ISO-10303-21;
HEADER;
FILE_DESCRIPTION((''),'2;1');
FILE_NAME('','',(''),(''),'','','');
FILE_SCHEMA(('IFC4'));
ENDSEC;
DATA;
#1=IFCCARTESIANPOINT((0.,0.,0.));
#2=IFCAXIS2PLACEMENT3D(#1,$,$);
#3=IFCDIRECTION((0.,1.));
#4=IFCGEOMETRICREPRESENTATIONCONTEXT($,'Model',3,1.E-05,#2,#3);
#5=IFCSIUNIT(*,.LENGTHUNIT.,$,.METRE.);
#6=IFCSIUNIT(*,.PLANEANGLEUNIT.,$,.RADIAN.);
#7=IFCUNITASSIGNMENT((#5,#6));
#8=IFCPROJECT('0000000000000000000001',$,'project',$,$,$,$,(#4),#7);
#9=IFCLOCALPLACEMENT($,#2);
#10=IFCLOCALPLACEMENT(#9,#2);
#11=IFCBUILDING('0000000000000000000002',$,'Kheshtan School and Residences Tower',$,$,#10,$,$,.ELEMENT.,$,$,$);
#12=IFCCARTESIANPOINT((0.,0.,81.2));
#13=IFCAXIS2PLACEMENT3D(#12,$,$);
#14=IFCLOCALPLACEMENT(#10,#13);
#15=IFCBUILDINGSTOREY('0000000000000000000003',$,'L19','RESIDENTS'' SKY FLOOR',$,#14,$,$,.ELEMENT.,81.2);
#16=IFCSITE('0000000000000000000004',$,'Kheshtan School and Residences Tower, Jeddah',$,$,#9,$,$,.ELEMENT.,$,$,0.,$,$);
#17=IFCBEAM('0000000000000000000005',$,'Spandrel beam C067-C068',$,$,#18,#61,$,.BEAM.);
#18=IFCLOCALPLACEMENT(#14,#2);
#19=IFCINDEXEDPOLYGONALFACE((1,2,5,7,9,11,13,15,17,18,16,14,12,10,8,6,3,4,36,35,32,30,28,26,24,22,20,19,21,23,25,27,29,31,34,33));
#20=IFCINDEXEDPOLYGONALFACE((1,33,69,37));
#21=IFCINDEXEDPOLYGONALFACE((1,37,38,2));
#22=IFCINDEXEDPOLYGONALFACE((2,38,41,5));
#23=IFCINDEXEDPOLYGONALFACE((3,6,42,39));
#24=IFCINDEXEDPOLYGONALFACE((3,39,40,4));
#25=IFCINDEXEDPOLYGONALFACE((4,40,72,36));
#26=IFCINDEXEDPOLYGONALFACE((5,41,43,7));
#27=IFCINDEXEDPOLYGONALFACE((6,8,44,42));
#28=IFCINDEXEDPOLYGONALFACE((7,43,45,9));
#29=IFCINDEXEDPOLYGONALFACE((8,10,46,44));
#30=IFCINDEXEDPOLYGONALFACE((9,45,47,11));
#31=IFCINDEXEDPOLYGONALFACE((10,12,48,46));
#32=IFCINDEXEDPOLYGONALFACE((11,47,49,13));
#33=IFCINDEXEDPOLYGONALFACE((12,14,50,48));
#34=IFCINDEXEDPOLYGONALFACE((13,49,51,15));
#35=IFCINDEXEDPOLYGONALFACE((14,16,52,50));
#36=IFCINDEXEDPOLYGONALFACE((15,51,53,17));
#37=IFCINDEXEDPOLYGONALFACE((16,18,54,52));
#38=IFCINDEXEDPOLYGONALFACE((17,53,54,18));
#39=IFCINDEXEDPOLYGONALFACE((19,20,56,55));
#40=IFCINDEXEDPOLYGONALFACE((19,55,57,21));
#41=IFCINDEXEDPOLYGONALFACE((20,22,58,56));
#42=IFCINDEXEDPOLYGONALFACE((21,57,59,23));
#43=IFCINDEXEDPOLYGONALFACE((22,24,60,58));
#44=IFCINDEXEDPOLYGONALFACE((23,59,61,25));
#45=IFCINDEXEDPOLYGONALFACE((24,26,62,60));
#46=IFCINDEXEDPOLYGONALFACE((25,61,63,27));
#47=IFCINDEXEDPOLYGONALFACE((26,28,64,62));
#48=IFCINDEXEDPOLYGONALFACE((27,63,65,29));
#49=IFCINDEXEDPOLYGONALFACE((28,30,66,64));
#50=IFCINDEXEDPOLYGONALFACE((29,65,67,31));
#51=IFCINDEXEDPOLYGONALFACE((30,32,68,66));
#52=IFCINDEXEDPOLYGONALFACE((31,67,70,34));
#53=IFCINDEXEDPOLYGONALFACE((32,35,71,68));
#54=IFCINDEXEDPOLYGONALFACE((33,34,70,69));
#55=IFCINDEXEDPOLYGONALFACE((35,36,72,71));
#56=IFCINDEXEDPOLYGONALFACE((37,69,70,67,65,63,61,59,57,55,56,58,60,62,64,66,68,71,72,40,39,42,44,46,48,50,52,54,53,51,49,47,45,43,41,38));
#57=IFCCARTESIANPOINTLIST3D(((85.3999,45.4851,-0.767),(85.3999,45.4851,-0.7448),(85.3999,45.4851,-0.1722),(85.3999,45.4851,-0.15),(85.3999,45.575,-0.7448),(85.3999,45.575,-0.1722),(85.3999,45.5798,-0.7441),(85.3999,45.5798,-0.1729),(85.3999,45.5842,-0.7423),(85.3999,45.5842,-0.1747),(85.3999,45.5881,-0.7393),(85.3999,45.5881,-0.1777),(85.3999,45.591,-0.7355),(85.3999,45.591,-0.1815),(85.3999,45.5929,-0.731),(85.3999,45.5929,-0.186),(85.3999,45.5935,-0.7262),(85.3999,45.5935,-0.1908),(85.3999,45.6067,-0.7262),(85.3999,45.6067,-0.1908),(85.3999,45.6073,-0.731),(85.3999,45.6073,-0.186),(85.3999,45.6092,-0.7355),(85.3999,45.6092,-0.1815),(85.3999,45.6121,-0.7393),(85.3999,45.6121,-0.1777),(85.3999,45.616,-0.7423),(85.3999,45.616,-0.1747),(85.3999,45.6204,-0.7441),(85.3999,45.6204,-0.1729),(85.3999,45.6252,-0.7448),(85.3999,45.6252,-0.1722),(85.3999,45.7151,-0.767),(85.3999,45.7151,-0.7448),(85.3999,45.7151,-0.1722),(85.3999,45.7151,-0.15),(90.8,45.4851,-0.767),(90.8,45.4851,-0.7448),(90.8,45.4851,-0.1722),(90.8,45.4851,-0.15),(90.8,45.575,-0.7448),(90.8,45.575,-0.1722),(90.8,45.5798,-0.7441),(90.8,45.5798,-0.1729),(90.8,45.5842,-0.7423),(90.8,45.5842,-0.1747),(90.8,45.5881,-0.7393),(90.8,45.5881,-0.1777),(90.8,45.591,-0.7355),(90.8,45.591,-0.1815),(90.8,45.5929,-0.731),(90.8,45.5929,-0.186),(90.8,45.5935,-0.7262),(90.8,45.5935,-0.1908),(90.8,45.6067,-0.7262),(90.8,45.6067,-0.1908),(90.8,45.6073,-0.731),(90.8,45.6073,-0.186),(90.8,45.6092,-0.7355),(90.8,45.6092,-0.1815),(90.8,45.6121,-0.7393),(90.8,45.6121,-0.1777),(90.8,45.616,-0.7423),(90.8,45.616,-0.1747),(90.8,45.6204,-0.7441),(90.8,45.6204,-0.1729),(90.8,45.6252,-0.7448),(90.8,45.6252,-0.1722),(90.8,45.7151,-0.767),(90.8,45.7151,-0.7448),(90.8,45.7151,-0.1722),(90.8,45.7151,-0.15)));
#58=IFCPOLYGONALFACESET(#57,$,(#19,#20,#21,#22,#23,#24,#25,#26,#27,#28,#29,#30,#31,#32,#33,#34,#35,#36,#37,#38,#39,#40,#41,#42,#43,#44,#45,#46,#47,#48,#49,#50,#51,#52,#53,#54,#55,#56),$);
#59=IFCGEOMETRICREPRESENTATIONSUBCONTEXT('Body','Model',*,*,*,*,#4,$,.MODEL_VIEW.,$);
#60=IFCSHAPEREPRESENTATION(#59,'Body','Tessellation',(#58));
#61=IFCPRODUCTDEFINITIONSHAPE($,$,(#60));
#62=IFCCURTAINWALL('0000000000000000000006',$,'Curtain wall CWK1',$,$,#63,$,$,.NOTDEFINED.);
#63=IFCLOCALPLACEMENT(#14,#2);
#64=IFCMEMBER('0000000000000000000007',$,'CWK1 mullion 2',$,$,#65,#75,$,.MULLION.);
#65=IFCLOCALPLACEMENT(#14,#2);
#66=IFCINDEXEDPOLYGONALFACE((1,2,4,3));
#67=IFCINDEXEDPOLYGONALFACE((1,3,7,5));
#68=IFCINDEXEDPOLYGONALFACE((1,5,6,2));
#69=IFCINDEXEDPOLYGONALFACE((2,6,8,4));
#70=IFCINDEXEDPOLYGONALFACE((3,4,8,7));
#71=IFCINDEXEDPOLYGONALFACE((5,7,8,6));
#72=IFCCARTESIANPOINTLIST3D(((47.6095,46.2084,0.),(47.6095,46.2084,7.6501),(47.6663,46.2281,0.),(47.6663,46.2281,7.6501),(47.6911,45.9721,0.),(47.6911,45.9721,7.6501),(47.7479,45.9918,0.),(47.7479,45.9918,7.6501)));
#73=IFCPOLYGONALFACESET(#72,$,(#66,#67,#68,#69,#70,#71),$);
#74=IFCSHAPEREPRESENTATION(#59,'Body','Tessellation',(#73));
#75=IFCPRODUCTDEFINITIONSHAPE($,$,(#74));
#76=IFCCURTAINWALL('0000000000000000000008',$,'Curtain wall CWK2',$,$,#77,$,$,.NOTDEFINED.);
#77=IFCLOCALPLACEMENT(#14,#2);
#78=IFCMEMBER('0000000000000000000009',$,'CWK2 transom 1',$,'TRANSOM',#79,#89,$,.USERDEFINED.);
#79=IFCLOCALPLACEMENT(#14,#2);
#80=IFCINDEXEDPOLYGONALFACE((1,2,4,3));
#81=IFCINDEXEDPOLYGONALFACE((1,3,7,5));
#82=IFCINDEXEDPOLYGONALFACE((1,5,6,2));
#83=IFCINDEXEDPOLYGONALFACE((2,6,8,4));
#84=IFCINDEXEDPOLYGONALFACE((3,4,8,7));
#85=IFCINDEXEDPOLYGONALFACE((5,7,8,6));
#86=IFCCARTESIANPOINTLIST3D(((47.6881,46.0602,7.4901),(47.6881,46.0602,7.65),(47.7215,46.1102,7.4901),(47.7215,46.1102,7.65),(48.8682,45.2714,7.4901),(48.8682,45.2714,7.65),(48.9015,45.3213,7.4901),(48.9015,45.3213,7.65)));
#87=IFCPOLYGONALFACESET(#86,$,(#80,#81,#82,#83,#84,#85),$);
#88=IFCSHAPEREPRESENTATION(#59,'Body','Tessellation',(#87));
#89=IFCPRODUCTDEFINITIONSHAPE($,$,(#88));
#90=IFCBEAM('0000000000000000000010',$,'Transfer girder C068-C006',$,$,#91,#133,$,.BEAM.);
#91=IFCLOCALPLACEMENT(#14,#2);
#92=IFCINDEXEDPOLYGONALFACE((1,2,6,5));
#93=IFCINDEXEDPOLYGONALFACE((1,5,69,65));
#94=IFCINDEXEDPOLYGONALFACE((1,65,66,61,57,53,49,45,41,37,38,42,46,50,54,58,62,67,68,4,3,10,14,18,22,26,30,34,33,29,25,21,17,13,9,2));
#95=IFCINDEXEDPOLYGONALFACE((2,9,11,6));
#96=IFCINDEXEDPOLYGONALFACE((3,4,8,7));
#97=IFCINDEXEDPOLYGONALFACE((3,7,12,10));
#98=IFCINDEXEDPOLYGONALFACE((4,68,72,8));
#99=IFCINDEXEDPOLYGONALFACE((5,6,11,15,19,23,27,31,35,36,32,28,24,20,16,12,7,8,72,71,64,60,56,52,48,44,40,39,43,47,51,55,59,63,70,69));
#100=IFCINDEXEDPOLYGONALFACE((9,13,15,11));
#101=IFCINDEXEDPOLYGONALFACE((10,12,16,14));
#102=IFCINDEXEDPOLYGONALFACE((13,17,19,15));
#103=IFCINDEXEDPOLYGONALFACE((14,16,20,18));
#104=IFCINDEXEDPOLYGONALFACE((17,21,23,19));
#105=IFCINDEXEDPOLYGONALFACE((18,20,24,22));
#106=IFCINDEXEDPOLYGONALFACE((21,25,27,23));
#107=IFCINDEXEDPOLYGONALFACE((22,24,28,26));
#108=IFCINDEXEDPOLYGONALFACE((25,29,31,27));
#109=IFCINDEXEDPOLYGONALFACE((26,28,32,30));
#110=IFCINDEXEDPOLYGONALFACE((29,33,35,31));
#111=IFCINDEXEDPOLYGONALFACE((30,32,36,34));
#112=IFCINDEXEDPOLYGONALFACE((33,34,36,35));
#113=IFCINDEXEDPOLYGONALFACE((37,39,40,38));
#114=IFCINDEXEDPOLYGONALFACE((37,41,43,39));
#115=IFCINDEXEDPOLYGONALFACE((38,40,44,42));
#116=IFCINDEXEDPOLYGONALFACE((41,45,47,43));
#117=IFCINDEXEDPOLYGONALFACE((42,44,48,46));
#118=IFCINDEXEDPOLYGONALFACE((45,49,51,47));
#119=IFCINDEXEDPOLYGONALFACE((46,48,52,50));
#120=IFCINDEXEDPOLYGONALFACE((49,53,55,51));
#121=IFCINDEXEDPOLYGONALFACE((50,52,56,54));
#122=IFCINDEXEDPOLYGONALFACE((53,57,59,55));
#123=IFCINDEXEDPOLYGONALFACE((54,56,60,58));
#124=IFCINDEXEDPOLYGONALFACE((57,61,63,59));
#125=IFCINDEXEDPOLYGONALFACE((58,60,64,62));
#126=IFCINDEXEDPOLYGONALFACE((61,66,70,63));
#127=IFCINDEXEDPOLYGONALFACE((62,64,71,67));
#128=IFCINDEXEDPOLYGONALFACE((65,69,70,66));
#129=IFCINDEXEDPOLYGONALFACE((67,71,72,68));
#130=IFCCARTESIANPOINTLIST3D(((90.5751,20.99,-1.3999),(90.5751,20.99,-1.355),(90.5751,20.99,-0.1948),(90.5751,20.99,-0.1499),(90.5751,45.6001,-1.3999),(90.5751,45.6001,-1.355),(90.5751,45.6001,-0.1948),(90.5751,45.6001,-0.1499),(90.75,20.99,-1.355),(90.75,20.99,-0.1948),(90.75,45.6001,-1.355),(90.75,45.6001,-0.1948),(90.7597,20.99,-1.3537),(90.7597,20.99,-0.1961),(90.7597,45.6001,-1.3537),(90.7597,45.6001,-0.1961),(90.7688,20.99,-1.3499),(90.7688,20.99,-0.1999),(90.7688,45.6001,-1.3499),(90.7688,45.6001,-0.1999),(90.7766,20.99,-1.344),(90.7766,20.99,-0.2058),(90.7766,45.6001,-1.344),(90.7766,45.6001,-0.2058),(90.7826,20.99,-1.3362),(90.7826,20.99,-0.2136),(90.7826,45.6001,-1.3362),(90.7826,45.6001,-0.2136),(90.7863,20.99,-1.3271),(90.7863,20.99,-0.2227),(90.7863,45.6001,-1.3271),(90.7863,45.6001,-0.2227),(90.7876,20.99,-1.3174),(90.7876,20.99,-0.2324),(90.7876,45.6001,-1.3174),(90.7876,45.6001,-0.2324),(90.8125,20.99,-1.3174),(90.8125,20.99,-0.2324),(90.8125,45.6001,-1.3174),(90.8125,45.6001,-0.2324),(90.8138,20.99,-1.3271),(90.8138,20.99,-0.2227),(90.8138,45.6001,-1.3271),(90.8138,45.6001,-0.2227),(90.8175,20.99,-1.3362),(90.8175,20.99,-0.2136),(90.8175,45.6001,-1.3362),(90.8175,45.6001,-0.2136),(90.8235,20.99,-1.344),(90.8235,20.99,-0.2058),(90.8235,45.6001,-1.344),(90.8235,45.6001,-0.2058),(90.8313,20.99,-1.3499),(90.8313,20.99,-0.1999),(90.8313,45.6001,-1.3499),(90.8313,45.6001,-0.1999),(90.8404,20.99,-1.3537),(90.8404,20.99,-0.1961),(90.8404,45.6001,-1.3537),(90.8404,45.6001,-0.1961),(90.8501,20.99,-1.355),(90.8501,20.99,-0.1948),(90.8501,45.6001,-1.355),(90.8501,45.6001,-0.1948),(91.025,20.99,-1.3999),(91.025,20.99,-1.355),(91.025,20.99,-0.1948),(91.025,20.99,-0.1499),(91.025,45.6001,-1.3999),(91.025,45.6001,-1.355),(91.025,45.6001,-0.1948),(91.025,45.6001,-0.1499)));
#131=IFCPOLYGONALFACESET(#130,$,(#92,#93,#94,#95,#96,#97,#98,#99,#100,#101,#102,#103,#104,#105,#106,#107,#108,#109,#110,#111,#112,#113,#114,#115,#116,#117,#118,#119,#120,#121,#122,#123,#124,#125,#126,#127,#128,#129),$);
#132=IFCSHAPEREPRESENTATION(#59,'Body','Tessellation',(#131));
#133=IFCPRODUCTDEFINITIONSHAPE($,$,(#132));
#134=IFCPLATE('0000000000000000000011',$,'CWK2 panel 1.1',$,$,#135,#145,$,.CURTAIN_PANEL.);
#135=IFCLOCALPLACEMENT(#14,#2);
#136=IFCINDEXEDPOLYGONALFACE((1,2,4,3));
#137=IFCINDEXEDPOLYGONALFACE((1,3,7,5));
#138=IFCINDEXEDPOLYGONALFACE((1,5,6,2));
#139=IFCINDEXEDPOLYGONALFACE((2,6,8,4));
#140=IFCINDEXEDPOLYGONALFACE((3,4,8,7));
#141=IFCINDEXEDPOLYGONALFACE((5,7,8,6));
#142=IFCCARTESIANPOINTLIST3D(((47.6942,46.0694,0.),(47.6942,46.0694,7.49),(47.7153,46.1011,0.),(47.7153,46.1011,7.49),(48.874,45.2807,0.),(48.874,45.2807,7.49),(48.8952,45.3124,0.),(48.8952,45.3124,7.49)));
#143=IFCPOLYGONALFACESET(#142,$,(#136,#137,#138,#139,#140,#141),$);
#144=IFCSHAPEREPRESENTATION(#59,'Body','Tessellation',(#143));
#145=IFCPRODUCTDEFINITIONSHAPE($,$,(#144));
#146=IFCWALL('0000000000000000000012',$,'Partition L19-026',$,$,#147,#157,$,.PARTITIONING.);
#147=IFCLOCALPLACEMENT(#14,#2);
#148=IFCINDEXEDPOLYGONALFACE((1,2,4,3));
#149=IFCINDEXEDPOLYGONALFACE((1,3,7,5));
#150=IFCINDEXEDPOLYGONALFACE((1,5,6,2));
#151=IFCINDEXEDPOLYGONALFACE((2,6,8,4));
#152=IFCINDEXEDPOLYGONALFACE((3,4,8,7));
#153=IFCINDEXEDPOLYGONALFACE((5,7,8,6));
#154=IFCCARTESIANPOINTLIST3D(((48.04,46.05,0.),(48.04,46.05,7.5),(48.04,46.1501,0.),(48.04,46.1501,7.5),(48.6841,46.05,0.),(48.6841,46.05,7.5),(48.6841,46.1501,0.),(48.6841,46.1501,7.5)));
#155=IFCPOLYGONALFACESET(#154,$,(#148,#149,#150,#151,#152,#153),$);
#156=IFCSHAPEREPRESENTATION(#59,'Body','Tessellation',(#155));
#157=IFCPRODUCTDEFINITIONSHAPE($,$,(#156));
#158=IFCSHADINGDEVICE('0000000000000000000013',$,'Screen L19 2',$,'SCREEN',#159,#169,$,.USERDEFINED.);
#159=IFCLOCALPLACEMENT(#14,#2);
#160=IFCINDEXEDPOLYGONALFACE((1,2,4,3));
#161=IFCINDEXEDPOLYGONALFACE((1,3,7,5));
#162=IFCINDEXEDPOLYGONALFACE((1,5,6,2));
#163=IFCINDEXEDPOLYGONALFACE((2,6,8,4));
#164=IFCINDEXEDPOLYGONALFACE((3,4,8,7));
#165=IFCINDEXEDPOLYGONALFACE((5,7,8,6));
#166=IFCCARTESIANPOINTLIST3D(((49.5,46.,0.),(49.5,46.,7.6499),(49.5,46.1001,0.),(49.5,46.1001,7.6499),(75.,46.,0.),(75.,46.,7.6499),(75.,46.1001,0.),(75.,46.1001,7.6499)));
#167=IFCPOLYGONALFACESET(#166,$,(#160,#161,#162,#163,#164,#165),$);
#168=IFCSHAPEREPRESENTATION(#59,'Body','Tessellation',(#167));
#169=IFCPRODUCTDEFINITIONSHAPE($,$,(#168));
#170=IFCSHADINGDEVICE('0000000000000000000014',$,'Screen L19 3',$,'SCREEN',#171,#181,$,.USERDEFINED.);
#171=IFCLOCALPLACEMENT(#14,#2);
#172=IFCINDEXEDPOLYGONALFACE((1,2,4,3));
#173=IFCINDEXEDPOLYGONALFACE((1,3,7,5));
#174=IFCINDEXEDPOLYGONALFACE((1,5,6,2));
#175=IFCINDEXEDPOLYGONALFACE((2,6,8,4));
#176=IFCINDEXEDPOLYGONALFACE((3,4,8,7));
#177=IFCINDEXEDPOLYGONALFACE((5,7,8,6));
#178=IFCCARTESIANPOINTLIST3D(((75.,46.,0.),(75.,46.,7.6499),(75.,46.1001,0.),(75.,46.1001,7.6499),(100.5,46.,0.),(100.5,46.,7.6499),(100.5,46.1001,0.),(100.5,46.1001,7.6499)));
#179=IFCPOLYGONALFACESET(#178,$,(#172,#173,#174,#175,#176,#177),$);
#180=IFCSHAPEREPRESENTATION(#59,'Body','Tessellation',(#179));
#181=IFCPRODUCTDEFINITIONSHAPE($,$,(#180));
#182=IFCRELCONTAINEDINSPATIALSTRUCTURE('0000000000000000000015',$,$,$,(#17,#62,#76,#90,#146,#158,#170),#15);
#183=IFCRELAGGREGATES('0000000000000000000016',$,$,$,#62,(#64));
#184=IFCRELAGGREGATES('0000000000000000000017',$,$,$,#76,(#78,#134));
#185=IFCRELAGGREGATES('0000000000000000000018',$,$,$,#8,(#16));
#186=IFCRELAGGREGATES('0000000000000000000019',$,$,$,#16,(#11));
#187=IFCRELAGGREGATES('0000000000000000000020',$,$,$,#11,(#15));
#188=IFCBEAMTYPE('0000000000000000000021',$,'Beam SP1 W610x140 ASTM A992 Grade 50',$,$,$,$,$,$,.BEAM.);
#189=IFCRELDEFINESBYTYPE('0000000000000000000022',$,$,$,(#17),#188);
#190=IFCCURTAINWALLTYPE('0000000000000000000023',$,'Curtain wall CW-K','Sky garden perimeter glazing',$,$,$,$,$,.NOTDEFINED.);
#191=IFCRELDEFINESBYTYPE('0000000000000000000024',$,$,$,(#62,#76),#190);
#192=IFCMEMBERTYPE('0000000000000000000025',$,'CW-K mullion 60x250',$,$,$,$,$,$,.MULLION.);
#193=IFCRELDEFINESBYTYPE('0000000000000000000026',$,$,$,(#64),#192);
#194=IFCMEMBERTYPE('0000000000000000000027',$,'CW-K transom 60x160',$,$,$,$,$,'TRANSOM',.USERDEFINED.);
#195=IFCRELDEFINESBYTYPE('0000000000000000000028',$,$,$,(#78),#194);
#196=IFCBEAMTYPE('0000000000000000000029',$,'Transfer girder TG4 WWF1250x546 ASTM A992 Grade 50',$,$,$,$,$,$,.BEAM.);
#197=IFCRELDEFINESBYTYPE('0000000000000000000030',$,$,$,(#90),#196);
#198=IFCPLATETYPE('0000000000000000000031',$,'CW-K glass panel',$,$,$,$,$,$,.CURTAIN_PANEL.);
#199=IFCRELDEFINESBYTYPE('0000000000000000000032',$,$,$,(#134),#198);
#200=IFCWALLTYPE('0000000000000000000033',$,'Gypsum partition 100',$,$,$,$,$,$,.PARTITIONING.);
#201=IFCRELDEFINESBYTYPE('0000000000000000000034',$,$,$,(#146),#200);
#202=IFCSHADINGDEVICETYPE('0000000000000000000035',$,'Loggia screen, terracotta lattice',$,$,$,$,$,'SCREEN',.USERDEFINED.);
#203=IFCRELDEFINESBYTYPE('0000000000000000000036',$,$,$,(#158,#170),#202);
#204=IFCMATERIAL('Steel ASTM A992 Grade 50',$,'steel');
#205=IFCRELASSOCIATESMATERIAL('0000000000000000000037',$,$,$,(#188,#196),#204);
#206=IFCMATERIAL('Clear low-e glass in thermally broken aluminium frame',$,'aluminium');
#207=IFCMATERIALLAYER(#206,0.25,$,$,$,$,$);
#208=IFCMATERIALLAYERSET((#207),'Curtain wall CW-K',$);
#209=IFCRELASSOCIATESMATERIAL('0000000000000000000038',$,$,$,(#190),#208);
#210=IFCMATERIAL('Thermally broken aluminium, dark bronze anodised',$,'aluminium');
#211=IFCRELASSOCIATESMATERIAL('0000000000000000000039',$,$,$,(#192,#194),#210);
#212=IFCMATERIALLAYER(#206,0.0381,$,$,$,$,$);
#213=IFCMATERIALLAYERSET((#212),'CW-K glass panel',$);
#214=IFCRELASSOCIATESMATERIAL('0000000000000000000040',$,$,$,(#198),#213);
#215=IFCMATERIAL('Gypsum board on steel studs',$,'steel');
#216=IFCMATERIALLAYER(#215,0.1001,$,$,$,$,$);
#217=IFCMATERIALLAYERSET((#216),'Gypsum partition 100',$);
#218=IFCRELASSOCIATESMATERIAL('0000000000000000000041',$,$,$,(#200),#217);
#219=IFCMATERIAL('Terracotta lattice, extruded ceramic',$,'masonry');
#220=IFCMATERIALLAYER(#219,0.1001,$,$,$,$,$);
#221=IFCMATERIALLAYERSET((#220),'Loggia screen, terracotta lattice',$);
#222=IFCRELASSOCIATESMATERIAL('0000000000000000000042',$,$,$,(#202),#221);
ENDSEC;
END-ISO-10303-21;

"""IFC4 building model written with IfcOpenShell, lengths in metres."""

from ifc_helpers import new_model, si_unit, direction, frame, frame_2d, origin, origin_2d, place, context, subcontext, project, spatial, rectangle, i_section, extrude, material, layer, layer_set, material_profile, profile_set, type_object, element, aggregate, save


model = new_model("IFC4")

# Units and contexts
model_context = context("Model", 3, precision=1e-05, world=origin(), true_north=direction((0.0, 1.0)))
body_context = subcontext(model_context, "Body", "Model", "MODEL_VIEW")
ifc_project = project(units=[si_unit("LENGTHUNIT", "METRE"), si_unit("PLANEANGLEUNIT", "RADIAN")], contexts=[model_context])

# Site, building, storey
site_placement = place(None, origin())
site = spatial("IfcSite", under=ifc_project, at=site_placement, Name="Kheshtan School and Residences Tower, Jeddah", CompositionType="ELEMENT", RefElevation=0.0)
building_placement = place(site_placement, origin())
building = spatial("IfcBuilding", under=site, at=building_placement, Name="Kheshtan School and Residences Tower", CompositionType="ELEMENT")
storey_placement = place(building_placement, frame((0.0, 0.0, 81.2)))
storey = spatial("IfcBuildingStorey", under=building, at=storey_placement, Name="L19", Description="RESIDENTS' SKY FLOOR", CompositionType="ELEMENT", Elevation=81.2)

# Shared definitions
ifc_material_1 = material(Name="Steel ASTM A992 Grade 50", Category="steel")

# Beam
ifc_material_profile_1 = material_profile(ifc_material_1, i_section(OverallWidth=0.23, OverallDepth=0.6169, WebThickness=0.0132, FlangeThickness=0.0222, FilletRadius=0.0186, at=origin_2d()), Name="W610x140")
ifc_profile_set_1 = profile_set([ifc_material_profile_1], Name="Steel ASTM A992 Grade 50")
beam_type_1 = type_object("IfcBeamType", Name="Beam SP1 W610x140 ASTM A992 Grade 50", PredefinedType="BEAM", material=ifc_profile_set_1)
beam_1_placement = place(storey_placement, frame((85.3999, 45.6001, -0.4585), z_axis=(1.0, 0.0, 0.0), x_axis=(0.0, 1.0, 0.0)))
element("IfcBeam", 1, at=beam_1_placement, inside=storey, type_object=beam_type_1, Name="Spandrel beam C067-C068", PredefinedType="BEAM", context=body_context, shape_type="SweptSolid", body=[
    extrude(i_section(OverallWidth=0.23, OverallDepth=0.6169, WebThickness=0.0132, FlangeThickness=0.0222, FilletRadius=0.0186, at=origin_2d()), origin(), (0.0, 0.0, 1.0), 5.4001),
])

# Curtain walls, members
ifc_material_2 = material(Name="Clear low-e glass in thermally broken aluminium frame", Category="aluminium")
ifc_layer_1 = layer(ifc_material_2, 0.25)
ifc_layer_set_1 = layer_set([ifc_layer_1], Name="Curtain wall CW-K")
curtain_wall_type = type_object("IfcCurtainWallType", Name="Curtain wall CW-K", Description="Sky garden perimeter glazing", PredefinedType="NOTDEFINED", material=ifc_layer_set_1)
curtain_wall_1_placement = place(storey_placement, origin())
curtain_wall_1 = element("IfcCurtainWall", 2, at=curtain_wall_1_placement, inside=storey, type_object=curtain_wall_type, Name="Curtain wall CWK1", PredefinedType="NOTDEFINED")
ifc_material_3 = material(Name="Thermally broken aluminium, dark bronze anodised", Category="aluminium")
ifc_material_profile_2 = material_profile(ifc_material_3, rectangle(XDim=0.0601, YDim=0.25, at=origin_2d()), Name="CW-K mullion 60x250")
ifc_profile_set_2 = profile_set([ifc_material_profile_2], Name="Thermally broken aluminium, dark bronze anodised")
member_type_1 = type_object("IfcMemberType", Name="CW-K mullion 60x250", PredefinedType="MULLION", material=ifc_profile_set_2)
member_1_placement = place(storey_placement, frame((47.6787, 46.1001, 0.0), z_axis=(0.0, 0.0, 1.0), x_axis=(0.94519, 0.32652, 0.0)))
member_1 = element("IfcMember", 3, at=member_1_placement, type_object=member_type_1, Name="CWK1 mullion 2", PredefinedType="MULLION", context=body_context, shape_type="SweptSolid", body=[
    extrude(rectangle(XDim=0.0601, YDim=0.25, at=origin_2d()), origin(), (0.0, 0.0, 1.0), 7.6501),
])
aggregate(curtain_wall_1, [member_1])
curtain_wall_2_placement = place(storey_placement, origin())
curtain_wall_2 = element("IfcCurtainWall", 4, at=curtain_wall_2_placement, inside=storey, type_object=curtain_wall_type, Name="Curtain wall CWK2", PredefinedType="NOTDEFINED")
ifc_material_profile_3 = material_profile(ifc_material_3, rectangle(XDim=0.0601, YDim=0.1599, at=origin_2d()), Name="CW-K transom 60x160")
ifc_profile_set_3 = profile_set([ifc_material_profile_3], Name="Thermally broken aluminium, dark bronze anodised")
member_type_2 = type_object("IfcMemberType", Name="CW-K transom 60x160", ElementType="TRANSOM", PredefinedType="USERDEFINED", material=ifc_profile_set_3)
member_2_placement = place(storey_placement, frame((47.7048, 46.0852, 7.5701), z_axis=(0.831335, -0.555772, 0.0), x_axis=(0.555772, 0.831335, 0.0)))
member_2 = element("IfcMember", 5, at=member_2_placement, type_object=member_type_2, Name="CWK2 transom 1", ObjectType="TRANSOM", PredefinedType="USERDEFINED", context=body_context, shape_type="SweptSolid", body=[
    extrude(rectangle(XDim=0.0601, YDim=0.1599, at=origin_2d()), origin(), (0.0, 0.0, 1.0), 1.4194),
])

# Beam
ifc_material_profile_4 = material_profile(ifc_material_1, i_section(OverallWidth=0.45, OverallDepth=1.25, WebThickness=0.0249, FlangeThickness=0.0449, FilletRadius=0.0376, at=origin_2d()), Name="WWF1250x546")
ifc_profile_set_4 = profile_set([ifc_material_profile_4], Name="Steel ASTM A992 Grade 50")
beam_type_2 = type_object("IfcBeamType", Name="Transfer girder TG4 WWF1250x546 ASTM A992 Grade 50", PredefinedType="BEAM", material=ifc_profile_set_4)
beam_2_placement = place(storey_placement, frame((90.8, 45.6001, -0.7749), z_axis=(0.0, -1.0, 0.0), x_axis=(1.0, 0.0, 0.0)))
element("IfcBeam", 6, at=beam_2_placement, inside=storey, type_object=beam_type_2, Name="Transfer girder C068-C006", PredefinedType="BEAM", context=body_context, shape_type="SweptSolid", body=[
    extrude(i_section(OverallWidth=0.45, OverallDepth=1.25, WebThickness=0.0249, FlangeThickness=0.0449, FilletRadius=0.0376, at=origin_2d()), origin(), (0.0, 0.0, 1.0), 24.6101),
])

# Plate
ifc_layer_2 = layer(ifc_material_2, 0.0381)
ifc_layer_set_2 = layer_set([ifc_layer_2], Name="CW-K glass panel")
plate_type = type_object("IfcPlateType", Name="CW-K glass panel", PredefinedType="CURTAIN_PANEL", material=ifc_layer_set_2)
plate_placement = place(storey_placement, frame((48.2947, 45.6909, 0.0), z_axis=(0.0, 0.0, 1.0), x_axis=(0.831353, -0.555745, 0.0)))
plate = element("IfcPlate", 7, at=plate_placement, type_object=plate_type, Name="CWK2 panel 1.1", PredefinedType="CURTAIN_PANEL", context=body_context, shape_type="SweptSolid", body=[
    extrude(rectangle(XDim=1.4192, YDim=0.0381, at=origin_2d()), origin(), (0.0, 0.0, 1.0), 7.49),
])
aggregate(curtain_wall_2, [member_2, plate])

# Wall
ifc_material_4 = material(Name="Gypsum board on steel studs", Category="steel")
ifc_layer_3 = layer(ifc_material_4, 0.1001)
ifc_layer_set_3 = layer_set([ifc_layer_3], Name="Gypsum partition 100")
wall_type = type_object("IfcWallType", Name="Gypsum partition 100", PredefinedType="PARTITIONING", material=ifc_layer_set_3)
wall_placement = place(storey_placement, frame((48.04, 46.1001, 0.0), z_axis=(0.0, 0.0, 1.0), x_axis=(1.0, 0.0, 0.0)))
element("IfcWall", 8, at=wall_placement, inside=storey, type_object=wall_type, Name="Partition L19-026", PredefinedType="PARTITIONING", context=body_context, shape_type="SweptSolid", body=[
    extrude(rectangle(XDim=0.644, YDim=0.1001, at=frame_2d((0.322, 0.0))), origin(), (0.0, 0.0, 1.0), 7.5),
])

# Shading devices
ifc_material_5 = material(Name="Terracotta lattice, extruded ceramic", Category="masonry")
ifc_layer_4 = layer(ifc_material_5, 0.1001)
ifc_layer_set_4 = layer_set([ifc_layer_4], Name="Loggia screen, terracotta lattice")
shading_device_type = type_object("IfcShadingDeviceType", Name="Loggia screen, terracotta lattice", ElementType="SCREEN", PredefinedType="USERDEFINED", material=ifc_layer_set_4)
for number, where, z_axis, x_axis, name in (
    (9, (62.25, 46.05, 0.0), (0.0, 0.0, 1.0), (1.0, 0.0, 0.0), "Screen L19 2"),
    (10, (87.75, 46.05, 0.0), (0.0, 0.0, 1.0), (1.0, 0.0, 0.0), "Screen L19 3"),
):
    element("IfcShadingDevice", number, at=place(storey_placement, frame(where, z_axis=z_axis, x_axis=x_axis)), inside=storey, type_object=shading_device_type, Name=name, ObjectType="SCREEN", PredefinedType="USERDEFINED", context=body_context, shape_type="SweptSolid", body=[
        extrude(rectangle(XDim=25.5, YDim=0.1001, at=origin_2d()), origin(), (0.0, 0.0, 1.0), 7.6499),
    ])

save(model, "model.ifc")
